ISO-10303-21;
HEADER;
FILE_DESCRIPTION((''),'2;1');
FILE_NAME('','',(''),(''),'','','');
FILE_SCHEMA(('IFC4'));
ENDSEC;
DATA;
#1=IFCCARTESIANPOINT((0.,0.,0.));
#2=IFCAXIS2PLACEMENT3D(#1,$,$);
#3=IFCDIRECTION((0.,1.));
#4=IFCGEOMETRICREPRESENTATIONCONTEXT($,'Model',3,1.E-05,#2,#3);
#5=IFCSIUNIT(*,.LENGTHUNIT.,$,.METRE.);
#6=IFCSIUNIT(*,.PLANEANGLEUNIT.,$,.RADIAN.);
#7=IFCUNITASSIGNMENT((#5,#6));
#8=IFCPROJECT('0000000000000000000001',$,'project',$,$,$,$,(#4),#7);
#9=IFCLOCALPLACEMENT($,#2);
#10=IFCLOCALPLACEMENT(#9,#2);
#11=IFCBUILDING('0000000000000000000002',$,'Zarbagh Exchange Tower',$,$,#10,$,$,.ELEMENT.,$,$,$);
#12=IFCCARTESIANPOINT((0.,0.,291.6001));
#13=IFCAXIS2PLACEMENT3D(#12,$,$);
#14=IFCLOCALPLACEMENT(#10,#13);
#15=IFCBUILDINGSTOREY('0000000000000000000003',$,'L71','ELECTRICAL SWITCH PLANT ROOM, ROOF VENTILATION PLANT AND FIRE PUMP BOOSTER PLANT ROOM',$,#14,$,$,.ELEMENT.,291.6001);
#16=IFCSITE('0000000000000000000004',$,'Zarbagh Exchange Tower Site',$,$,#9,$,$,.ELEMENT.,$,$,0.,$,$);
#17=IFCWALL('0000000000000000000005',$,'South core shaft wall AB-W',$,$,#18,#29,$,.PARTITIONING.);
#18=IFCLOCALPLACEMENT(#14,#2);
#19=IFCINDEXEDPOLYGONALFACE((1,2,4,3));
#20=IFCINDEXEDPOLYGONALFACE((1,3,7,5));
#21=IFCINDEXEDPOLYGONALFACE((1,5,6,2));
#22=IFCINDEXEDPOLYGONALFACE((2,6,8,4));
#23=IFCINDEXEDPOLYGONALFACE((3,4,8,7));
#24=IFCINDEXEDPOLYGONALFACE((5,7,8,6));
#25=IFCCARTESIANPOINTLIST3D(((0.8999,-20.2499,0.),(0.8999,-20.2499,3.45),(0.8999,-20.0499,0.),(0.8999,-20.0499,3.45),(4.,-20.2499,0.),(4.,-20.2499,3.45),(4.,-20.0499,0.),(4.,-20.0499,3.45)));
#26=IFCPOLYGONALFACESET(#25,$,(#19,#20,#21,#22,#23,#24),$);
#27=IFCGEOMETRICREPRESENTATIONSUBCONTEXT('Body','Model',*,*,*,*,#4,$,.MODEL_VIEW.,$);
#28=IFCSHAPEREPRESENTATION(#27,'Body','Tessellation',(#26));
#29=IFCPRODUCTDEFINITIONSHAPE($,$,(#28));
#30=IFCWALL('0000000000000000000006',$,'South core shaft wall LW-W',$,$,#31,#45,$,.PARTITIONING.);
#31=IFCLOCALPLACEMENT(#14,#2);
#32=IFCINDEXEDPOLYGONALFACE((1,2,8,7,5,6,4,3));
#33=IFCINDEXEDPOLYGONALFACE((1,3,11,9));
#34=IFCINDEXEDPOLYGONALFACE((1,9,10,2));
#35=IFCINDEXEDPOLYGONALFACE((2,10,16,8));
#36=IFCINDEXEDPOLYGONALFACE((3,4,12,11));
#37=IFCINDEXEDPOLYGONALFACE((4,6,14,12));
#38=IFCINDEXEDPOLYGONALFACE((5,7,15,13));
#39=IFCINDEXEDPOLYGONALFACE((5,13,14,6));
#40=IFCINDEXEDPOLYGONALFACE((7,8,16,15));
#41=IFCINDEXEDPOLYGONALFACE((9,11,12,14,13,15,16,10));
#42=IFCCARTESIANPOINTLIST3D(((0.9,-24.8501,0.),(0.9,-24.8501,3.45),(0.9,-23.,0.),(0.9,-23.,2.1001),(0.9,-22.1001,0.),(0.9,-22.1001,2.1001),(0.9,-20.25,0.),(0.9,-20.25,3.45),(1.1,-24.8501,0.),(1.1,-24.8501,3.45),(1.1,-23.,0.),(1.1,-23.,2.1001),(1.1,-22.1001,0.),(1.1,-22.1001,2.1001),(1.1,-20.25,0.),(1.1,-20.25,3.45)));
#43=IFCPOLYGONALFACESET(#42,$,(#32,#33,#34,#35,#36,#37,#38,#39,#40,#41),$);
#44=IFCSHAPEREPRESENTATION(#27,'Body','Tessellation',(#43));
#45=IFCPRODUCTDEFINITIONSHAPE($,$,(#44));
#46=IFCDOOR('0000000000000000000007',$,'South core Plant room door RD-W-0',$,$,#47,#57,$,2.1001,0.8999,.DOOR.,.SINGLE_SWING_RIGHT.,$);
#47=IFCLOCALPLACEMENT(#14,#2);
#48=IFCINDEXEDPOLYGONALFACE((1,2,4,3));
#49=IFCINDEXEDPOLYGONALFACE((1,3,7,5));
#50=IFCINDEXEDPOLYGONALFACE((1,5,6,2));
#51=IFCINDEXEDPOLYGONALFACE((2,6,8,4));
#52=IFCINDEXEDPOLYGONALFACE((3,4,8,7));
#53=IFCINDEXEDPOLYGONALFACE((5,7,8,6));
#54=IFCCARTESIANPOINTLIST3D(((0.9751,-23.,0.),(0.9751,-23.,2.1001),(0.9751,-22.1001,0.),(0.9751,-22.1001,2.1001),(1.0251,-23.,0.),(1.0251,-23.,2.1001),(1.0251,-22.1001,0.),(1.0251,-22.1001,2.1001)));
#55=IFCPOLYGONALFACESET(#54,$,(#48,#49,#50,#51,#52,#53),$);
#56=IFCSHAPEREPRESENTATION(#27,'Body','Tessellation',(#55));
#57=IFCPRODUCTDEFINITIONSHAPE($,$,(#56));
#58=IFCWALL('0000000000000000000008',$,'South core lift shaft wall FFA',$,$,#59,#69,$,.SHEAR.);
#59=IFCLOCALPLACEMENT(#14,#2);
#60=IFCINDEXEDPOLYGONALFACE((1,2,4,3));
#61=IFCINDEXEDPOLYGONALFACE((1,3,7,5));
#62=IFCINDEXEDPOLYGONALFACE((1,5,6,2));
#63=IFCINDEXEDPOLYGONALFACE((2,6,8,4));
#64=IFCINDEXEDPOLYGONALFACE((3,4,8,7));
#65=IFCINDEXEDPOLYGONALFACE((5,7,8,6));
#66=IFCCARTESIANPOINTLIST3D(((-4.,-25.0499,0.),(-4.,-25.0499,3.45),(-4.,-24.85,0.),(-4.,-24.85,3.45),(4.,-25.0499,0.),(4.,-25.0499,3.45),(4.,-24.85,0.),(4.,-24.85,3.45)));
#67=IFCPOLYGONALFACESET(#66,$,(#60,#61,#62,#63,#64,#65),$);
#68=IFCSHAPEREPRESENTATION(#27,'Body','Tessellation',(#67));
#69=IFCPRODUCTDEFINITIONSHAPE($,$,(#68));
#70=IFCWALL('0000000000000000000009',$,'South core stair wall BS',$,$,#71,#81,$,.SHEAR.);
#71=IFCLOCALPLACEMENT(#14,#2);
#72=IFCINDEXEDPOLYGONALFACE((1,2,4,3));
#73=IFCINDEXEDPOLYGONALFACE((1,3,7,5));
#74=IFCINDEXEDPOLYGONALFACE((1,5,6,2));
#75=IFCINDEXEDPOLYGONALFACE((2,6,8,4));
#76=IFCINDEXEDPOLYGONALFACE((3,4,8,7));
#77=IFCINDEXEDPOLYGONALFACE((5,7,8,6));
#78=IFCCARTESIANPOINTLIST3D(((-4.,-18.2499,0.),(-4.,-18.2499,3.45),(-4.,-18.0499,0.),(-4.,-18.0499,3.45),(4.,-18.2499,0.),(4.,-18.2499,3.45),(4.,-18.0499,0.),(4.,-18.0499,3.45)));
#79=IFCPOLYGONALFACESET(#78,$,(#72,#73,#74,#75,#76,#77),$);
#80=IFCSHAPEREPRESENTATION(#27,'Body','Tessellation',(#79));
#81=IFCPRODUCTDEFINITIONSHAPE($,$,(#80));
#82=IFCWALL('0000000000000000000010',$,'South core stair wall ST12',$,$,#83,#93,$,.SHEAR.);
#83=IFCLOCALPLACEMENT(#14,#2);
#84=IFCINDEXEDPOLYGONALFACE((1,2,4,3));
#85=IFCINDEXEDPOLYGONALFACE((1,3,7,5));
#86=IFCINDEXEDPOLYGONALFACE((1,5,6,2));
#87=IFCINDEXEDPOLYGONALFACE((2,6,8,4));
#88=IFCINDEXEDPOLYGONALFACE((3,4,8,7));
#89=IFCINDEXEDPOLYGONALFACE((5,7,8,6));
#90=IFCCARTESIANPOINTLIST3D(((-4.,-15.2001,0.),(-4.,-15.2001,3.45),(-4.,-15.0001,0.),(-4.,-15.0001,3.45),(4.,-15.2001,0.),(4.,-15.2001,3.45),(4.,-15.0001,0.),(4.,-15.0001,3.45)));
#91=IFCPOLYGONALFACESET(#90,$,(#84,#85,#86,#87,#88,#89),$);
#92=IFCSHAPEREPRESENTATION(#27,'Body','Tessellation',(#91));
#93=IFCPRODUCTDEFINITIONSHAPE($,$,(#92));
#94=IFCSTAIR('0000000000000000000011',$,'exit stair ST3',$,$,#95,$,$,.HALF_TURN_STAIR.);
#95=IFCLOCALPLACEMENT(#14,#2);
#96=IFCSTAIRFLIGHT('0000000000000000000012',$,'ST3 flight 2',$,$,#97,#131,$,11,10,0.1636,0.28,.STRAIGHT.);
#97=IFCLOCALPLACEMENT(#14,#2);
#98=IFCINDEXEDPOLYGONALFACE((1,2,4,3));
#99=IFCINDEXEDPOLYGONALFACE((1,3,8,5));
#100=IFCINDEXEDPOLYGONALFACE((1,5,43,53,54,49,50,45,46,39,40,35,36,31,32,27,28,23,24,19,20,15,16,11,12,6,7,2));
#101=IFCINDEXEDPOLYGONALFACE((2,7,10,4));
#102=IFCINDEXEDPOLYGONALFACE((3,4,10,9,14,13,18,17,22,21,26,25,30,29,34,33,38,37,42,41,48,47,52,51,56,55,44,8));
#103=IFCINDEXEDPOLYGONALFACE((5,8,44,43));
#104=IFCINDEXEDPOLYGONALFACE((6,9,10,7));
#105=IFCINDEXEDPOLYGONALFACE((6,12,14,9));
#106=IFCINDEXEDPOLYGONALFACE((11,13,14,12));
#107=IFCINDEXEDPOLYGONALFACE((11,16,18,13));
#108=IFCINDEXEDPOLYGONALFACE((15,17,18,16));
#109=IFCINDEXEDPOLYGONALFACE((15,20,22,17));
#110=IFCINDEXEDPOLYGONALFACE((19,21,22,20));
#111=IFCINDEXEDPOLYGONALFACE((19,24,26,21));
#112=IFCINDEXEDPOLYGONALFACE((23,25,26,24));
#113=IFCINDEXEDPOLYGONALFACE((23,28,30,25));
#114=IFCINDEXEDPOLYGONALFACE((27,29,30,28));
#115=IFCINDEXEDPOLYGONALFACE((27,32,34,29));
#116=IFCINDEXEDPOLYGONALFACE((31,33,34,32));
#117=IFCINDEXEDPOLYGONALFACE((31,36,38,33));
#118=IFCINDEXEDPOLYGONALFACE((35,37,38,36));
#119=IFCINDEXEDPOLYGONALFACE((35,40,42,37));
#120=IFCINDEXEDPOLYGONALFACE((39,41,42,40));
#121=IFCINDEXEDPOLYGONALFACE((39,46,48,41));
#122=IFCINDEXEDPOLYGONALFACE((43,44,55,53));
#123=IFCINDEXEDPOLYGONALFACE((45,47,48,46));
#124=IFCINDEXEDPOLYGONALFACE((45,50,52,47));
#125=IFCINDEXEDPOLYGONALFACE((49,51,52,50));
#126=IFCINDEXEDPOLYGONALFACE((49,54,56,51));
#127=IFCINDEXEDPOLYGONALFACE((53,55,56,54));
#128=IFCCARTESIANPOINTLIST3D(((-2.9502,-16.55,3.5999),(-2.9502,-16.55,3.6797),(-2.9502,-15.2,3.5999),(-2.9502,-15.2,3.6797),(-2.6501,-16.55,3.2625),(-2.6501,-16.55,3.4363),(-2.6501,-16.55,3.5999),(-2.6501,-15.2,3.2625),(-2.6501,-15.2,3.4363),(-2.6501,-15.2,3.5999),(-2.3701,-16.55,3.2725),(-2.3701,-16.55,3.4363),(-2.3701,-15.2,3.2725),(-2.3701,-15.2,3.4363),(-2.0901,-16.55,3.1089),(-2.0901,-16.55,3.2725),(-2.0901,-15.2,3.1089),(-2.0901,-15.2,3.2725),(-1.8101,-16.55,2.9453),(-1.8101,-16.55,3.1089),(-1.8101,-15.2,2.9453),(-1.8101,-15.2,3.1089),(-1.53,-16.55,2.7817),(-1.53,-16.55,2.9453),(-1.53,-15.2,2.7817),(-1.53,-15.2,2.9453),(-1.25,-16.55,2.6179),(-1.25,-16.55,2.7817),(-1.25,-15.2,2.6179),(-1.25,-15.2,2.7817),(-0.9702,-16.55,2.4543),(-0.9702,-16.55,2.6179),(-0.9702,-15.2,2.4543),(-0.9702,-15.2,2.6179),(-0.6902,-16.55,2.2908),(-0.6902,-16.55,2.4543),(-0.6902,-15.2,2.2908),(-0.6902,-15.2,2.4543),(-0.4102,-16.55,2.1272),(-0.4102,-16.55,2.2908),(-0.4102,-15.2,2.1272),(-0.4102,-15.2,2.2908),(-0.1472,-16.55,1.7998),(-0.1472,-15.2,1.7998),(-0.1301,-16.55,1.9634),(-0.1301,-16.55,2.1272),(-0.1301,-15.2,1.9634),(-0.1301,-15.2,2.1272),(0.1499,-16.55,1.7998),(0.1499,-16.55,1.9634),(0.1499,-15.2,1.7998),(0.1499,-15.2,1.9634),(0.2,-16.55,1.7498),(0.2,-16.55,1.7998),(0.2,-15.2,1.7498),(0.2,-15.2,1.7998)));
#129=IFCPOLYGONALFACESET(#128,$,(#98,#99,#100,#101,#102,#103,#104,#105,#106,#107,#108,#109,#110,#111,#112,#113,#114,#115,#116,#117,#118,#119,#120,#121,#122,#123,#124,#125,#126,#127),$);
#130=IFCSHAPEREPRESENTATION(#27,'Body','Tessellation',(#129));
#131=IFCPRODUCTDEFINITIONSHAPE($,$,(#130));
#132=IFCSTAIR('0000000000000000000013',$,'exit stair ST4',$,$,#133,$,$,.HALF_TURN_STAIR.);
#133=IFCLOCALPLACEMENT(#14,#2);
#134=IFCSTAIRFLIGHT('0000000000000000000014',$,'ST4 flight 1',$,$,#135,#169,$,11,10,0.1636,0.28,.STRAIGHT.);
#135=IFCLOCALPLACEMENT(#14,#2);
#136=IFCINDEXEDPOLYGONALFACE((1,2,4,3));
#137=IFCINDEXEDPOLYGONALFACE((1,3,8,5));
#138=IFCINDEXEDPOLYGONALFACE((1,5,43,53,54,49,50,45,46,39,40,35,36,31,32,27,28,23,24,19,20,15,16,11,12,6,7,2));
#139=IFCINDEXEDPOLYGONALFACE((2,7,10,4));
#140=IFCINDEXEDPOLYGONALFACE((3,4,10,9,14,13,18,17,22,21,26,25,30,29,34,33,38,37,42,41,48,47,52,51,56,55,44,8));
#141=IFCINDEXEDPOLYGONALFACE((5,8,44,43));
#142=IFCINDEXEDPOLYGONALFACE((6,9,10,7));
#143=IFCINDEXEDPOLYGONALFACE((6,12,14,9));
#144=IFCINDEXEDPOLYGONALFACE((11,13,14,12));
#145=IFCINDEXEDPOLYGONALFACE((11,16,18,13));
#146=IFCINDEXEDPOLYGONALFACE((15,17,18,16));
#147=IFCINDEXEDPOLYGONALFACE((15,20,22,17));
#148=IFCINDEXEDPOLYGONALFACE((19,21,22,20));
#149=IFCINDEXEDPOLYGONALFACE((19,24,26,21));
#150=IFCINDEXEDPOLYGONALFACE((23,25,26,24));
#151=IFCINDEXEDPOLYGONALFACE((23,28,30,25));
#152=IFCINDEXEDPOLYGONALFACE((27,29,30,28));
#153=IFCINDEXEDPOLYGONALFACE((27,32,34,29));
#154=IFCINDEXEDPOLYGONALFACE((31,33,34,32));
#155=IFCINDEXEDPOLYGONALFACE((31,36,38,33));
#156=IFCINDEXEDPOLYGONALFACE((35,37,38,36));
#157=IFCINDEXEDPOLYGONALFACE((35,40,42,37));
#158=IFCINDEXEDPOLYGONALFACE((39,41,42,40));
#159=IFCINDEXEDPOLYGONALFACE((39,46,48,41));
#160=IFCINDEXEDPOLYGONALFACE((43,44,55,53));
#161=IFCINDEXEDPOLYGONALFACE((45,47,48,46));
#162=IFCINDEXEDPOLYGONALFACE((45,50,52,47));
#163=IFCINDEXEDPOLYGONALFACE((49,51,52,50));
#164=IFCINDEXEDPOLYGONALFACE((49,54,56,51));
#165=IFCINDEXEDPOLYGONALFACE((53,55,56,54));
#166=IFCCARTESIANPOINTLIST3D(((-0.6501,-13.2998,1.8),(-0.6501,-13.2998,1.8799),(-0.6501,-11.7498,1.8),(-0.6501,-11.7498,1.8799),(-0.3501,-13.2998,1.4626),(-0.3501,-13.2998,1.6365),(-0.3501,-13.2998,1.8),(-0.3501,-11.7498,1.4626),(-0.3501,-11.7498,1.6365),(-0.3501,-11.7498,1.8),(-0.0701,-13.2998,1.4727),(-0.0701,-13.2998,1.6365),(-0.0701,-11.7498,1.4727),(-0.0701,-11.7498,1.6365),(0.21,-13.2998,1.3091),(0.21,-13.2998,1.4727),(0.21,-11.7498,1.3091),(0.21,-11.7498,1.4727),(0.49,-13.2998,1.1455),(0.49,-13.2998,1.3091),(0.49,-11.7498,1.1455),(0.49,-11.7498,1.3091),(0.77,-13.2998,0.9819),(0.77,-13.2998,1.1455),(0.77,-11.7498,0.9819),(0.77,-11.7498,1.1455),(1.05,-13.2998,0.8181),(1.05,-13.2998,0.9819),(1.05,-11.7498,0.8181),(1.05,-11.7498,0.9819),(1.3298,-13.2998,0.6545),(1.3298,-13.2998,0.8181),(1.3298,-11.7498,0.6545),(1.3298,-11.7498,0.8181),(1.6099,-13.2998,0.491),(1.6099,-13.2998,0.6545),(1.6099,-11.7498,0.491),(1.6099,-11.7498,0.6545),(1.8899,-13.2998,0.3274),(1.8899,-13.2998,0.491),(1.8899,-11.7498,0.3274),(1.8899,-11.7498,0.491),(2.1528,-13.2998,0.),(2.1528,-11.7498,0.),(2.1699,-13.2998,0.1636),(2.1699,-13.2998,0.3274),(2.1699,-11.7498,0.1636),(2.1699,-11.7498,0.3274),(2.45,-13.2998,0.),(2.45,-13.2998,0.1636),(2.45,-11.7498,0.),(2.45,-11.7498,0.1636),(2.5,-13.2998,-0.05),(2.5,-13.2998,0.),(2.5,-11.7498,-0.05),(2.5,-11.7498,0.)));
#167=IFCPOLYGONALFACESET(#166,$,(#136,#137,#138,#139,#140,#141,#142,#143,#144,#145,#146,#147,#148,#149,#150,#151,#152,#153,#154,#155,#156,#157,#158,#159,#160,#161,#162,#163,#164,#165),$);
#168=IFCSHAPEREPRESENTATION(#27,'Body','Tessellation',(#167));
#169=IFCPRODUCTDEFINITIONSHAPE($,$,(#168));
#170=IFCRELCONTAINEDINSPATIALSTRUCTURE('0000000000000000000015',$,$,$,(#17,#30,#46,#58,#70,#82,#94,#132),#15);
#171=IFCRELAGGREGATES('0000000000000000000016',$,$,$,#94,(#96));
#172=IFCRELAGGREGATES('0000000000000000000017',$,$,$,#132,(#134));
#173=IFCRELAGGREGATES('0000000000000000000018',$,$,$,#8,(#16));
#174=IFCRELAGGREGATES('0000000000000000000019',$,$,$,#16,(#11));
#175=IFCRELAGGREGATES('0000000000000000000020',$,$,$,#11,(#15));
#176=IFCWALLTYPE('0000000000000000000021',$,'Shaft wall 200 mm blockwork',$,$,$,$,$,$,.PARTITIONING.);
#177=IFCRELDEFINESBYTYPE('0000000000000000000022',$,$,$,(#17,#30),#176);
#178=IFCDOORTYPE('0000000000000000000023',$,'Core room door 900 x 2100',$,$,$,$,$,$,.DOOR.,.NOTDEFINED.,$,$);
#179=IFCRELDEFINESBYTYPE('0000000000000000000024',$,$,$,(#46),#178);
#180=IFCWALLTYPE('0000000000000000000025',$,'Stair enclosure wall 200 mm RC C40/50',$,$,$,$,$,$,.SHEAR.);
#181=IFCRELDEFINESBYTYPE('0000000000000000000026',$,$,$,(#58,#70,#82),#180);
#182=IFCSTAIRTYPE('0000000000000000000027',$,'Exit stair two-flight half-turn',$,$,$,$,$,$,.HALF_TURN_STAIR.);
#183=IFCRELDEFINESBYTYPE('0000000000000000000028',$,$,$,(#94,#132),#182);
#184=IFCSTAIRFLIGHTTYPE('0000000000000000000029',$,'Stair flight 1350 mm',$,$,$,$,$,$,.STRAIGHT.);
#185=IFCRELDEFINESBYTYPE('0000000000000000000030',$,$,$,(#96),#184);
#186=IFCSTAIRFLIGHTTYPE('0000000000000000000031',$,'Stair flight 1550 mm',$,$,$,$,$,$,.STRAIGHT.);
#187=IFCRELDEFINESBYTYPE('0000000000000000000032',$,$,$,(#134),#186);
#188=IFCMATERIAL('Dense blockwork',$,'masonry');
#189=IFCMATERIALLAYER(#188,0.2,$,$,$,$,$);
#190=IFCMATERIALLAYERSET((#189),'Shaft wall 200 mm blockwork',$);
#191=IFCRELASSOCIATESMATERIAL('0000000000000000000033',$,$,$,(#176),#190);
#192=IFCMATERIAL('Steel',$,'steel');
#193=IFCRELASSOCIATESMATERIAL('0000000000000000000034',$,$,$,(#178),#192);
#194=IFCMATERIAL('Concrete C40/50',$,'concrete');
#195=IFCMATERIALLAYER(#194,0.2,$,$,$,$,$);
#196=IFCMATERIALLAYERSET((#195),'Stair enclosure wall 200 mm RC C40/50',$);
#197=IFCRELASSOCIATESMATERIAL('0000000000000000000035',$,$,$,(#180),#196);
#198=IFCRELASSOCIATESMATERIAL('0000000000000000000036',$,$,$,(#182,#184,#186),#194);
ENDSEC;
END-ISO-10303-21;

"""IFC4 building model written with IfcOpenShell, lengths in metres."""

from ifc_helpers import new_model, si_unit, direction, frame, frame_2d, origin, place, context, subcontext, project, spatial, polyline, rectangle, outline, extrude, material, layer, layer_set, type_object, element, fill, aggregate, save


model = new_model("IFC4")

# Units and contexts
model_context = context("Model", 3, precision=1e-05, world=origin(), true_north=direction((0.0, 1.0)))
body_context = subcontext(model_context, "Body", "Model", "MODEL_VIEW")
ifc_project = project(units=[si_unit("LENGTHUNIT", "METRE"), si_unit("PLANEANGLEUNIT", "RADIAN")], contexts=[model_context])

# Site, building, storey
site_placement = place(None, origin())
site = spatial("IfcSite", under=ifc_project, at=site_placement, Name="Zarbagh Exchange Tower Site", CompositionType="ELEMENT", RefElevation=0.0)
building_placement = place(site_placement, origin())
building = spatial("IfcBuilding", under=site, at=building_placement, Name="Zarbagh Exchange Tower", CompositionType="ELEMENT")
storey_placement = place(building_placement, frame((0.0, 0.0, 291.6001)))
storey = spatial("IfcBuildingStorey", under=building, at=storey_placement, Name="L71", Description="ELECTRICAL SWITCH PLANT ROOM, ROOF VENTILATION PLANT AND FIRE PUMP BOOSTER PLANT ROOM", CompositionType="ELEMENT", Elevation=291.6001)

# Shared definitions
ifc_material_1 = material(Name="Concrete C40/50", Category="concrete")

# Shared definitions
ifc_material_2 = material(Name="Steel", Category="steel")

# Wall
ifc_material_3 = material(Name="Dense blockwork", Category="masonry")
ifc_layer_1 = layer(ifc_material_3, 0.2)
ifc_layer_set_1 = layer_set([ifc_layer_1], Name="Shaft wall 200 mm blockwork")
wall_type_1 = type_object("IfcWallType", Name="Shaft wall 200 mm blockwork", PredefinedType="PARTITIONING", material=ifc_layer_set_1)
wall_1_placement = place(storey_placement, frame((4.0, -20.1499, 0.0), z_axis=(0.0, 0.0, 1.0), x_axis=(-1.0, 0.0, 0.0)))
element("IfcWall", 1, at=wall_1_placement, inside=storey, type_object=wall_type_1, Name="South core shaft wall AB-W", PredefinedType="PARTITIONING", context=body_context, shape_type="SweptSolid", body=[
    extrude(rectangle(XDim=3.1001, YDim=0.2, at=frame_2d((1.55, 0.0))), origin(), (0.0, 0.0, 1.0), 3.45),
])

# Wall, opening, door
wall_2_placement = place(storey_placement, frame((1.0, -24.8501, 0.0), z_axis=(0.0, 0.0, 1.0), x_axis=(0.0, 1.0, 0.0)))
wall_2 = element("IfcWall", 2, at=wall_2_placement, inside=storey, type_object=wall_type_1, Name="South core shaft wall LW-W", PredefinedType="PARTITIONING", context=body_context, shape_type="SweptSolid", body=[
    extrude(rectangle(XDim=4.6001, YDim=0.2, at=frame_2d((2.3, 0.0))), origin(), (0.0, 0.0, 1.0), 3.45),
])
opening_1_placement = place(wall_2_placement, frame((1.8501, 0.0, 0.0)))
opening_1 = element("IfcOpeningElement", 3, at=opening_1_placement, cuts=wall_2, PredefinedType="OPENING", context=body_context, shape_type="SweptSolid", body=[
    extrude(rectangle(XDim=0.8999, YDim=2.1001, at=frame_2d((0.45, 1.05))), frame((0.0, 0.1099, 0.0), z_axis=(0.0, -1.0, 0.0), x_axis=(1.0, 0.0, 0.0)), (0.0, 0.0, 1.0), 0.22),
])
door_type_1 = type_object("IfcDoorType", Name="Core room door 900 x 2100", OperationType="NOTDEFINED", PredefinedType="DOOR", material=ifc_material_2)
door_1_placement = place(opening_1_placement, origin())
door_1 = element("IfcDoor", 4, at=door_1_placement, inside=storey, type_object=door_type_1, Name="South core Plant room door RD-W-0", OperationType="SINGLE_SWING_RIGHT", OverallHeight=2.1001, OverallWidth=0.8999, PredefinedType="DOOR", context=body_context, shape_type="SweptSolid", body=[
    extrude(rectangle(XDim=0.8999, YDim=2.1001, at=frame_2d((0.45, 1.05))), frame((0.0, 0.0249, 0.0), z_axis=(0.0, -1.0, 0.0), x_axis=(1.0, 0.0, 0.0)), (0.0, 0.0, 1.0), 0.05),
])
fill(opening_1, door_1)

# Walls
ifc_layer_2 = layer(ifc_material_1, 0.2)
ifc_layer_set_2 = layer_set([ifc_layer_2], Name="Stair enclosure wall 200 mm RC C40/50")
wall_type_2 = type_object("IfcWallType", Name="Stair enclosure wall 200 mm RC C40/50", PredefinedType="SHEAR", material=ifc_layer_set_2)
for number, where, z_axis, x_axis, name in (
    (5, (4.0, -24.95, 0.0), (0.0, 0.0, 1.0), (-1.0, 0.0, 0.0), "South core lift shaft wall FFA"),
    (6, (4.0, -18.1499, 0.0), (0.0, 0.0, 1.0), (-1.0, 0.0, 0.0), "South core stair wall BS"),
    (7, (4.0, -15.1001, 0.0), (0.0, 0.0, 1.0), (-1.0, 0.0, 0.0), "South core stair wall ST12"),
):
    element("IfcWall", number, at=place(storey_placement, frame(where, z_axis=z_axis, x_axis=x_axis)), inside=storey, type_object=wall_type_2, Name=name, PredefinedType="SHEAR", context=body_context, shape_type="SweptSolid", body=[
        extrude(rectangle(XDim=8.0, YDim=0.2, at=frame_2d((4.0, 0.0))), origin(), (0.0, 0.0, 1.0), 3.45),
    ])

# Stairs, stair flights
stair_type = type_object("IfcStairType", Name="Exit stair two-flight half-turn", PredefinedType="HALF_TURN_STAIR", material=ifc_material_1)
stair_1_placement = place(storey_placement, origin())
stair_1 = element("IfcStair", 8, at=stair_1_placement, inside=storey, type_object=stair_type, Name="exit stair ST3", PredefinedType="HALF_TURN_STAIR")
stair_flight_type_1 = type_object("IfcStairFlightType", Name="Stair flight 1350 mm", PredefinedType="STRAIGHT", material=ifc_material_1)
stair_flight_1_placement = place(storey_placement, frame((0.1499, -15.875, 1.7998), z_axis=(0.0, 0.0, 1.0), x_axis=(-1.0, 0.0, 0.0)))
stair_flight_1 = element("IfcStairFlight", 9, at=stair_flight_1_placement, type_object=stair_flight_type_1, Name="ST3 flight 2", NumberOfRisers=11, NumberOfTreads=10, PredefinedType="STRAIGHT", RiserHeight=0.1636, TreadLength=0.28, context=body_context, shape_type="SweptSolid", body=[
    extrude(outline(polyline([(-0.05, -0.05), (-0.05, 0.0), (0.0, 0.0), (0.0, 0.1636), (0.28, 0.1636), (0.28, 0.3274), (0.5601, 0.3274), (0.5601, 0.491), (0.8401, 0.491), (0.8401, 0.6545), (1.1201, 0.6545), (1.1201, 0.8181), (1.3999, 0.8181), (1.3999, 0.9819), (1.6799, 0.9819), (1.6799, 1.1455), (1.96, 1.1455), (1.96, 1.3091), (2.24, 1.3091), (2.24, 1.4727), (2.52, 1.4727), (2.52, 1.6365), (2.8, 1.6365), (2.8, 1.8), (3.1001, 1.8799), (3.1001, 1.8), (2.8, 1.4626), (0.2971, 0.0), (-0.05, -0.05)])), frame((0.0, 0.675, 0.0), z_axis=(0.0, -1.0, 0.0), x_axis=(1.0, 0.0, 0.0)), (0.0, 0.0, 1.0), 1.3501),
])
aggregate(stair_1, [stair_flight_1])
stair_2_placement = place(storey_placement, origin())
stair_2 = element("IfcStair", 10, at=stair_2_placement, inside=storey, type_object=stair_type, Name="exit stair ST4", PredefinedType="HALF_TURN_STAIR")
stair_flight_type_2 = type_object("IfcStairFlightType", Name="Stair flight 1550 mm", PredefinedType="STRAIGHT", material=ifc_material_1)
stair_flight_2_placement = place(storey_placement, frame((2.45, -12.5249, 0.0), z_axis=(0.0, 0.0, 1.0), x_axis=(-1.0, 0.0, 0.0)))
stair_flight_2 = element("IfcStairFlight", 11, at=stair_flight_2_placement, type_object=stair_flight_type_2, Name="ST4 flight 1", NumberOfRisers=11, NumberOfTreads=10, PredefinedType="STRAIGHT", RiserHeight=0.1636, TreadLength=0.28, context=body_context, shape_type="SweptSolid", body=[
    extrude(outline(polyline([(-0.05, -0.05), (-0.05, 0.0), (0.0, 0.0), (0.0, 0.1636), (0.28, 0.1636), (0.28, 0.3274), (0.5601, 0.3274), (0.5601, 0.491), (0.8401, 0.491), (0.8401, 0.6545), (1.1201, 0.6545), (1.1201, 0.8181), (1.3999, 0.8181), (1.3999, 0.9819), (1.6799, 0.9819), (1.6799, 1.1455), (1.96, 1.1455), (1.96, 1.3091), (2.24, 1.3091), (2.24, 1.4727), (2.52, 1.4727), (2.52, 1.6365), (2.8, 1.6365), (2.8, 1.8), (3.1001, 1.8799), (3.1001, 1.8), (2.8, 1.4626), (0.2971, 0.0), (-0.05, -0.05)])), frame((0.0, 0.7749, 0.0), z_axis=(0.0, -1.0, 0.0), x_axis=(1.0, 0.0, 0.0)), (0.0, 0.0, 1.0), 1.55),
])
aggregate(stair_2, [stair_flight_2])

save(model, "model.ifc")
